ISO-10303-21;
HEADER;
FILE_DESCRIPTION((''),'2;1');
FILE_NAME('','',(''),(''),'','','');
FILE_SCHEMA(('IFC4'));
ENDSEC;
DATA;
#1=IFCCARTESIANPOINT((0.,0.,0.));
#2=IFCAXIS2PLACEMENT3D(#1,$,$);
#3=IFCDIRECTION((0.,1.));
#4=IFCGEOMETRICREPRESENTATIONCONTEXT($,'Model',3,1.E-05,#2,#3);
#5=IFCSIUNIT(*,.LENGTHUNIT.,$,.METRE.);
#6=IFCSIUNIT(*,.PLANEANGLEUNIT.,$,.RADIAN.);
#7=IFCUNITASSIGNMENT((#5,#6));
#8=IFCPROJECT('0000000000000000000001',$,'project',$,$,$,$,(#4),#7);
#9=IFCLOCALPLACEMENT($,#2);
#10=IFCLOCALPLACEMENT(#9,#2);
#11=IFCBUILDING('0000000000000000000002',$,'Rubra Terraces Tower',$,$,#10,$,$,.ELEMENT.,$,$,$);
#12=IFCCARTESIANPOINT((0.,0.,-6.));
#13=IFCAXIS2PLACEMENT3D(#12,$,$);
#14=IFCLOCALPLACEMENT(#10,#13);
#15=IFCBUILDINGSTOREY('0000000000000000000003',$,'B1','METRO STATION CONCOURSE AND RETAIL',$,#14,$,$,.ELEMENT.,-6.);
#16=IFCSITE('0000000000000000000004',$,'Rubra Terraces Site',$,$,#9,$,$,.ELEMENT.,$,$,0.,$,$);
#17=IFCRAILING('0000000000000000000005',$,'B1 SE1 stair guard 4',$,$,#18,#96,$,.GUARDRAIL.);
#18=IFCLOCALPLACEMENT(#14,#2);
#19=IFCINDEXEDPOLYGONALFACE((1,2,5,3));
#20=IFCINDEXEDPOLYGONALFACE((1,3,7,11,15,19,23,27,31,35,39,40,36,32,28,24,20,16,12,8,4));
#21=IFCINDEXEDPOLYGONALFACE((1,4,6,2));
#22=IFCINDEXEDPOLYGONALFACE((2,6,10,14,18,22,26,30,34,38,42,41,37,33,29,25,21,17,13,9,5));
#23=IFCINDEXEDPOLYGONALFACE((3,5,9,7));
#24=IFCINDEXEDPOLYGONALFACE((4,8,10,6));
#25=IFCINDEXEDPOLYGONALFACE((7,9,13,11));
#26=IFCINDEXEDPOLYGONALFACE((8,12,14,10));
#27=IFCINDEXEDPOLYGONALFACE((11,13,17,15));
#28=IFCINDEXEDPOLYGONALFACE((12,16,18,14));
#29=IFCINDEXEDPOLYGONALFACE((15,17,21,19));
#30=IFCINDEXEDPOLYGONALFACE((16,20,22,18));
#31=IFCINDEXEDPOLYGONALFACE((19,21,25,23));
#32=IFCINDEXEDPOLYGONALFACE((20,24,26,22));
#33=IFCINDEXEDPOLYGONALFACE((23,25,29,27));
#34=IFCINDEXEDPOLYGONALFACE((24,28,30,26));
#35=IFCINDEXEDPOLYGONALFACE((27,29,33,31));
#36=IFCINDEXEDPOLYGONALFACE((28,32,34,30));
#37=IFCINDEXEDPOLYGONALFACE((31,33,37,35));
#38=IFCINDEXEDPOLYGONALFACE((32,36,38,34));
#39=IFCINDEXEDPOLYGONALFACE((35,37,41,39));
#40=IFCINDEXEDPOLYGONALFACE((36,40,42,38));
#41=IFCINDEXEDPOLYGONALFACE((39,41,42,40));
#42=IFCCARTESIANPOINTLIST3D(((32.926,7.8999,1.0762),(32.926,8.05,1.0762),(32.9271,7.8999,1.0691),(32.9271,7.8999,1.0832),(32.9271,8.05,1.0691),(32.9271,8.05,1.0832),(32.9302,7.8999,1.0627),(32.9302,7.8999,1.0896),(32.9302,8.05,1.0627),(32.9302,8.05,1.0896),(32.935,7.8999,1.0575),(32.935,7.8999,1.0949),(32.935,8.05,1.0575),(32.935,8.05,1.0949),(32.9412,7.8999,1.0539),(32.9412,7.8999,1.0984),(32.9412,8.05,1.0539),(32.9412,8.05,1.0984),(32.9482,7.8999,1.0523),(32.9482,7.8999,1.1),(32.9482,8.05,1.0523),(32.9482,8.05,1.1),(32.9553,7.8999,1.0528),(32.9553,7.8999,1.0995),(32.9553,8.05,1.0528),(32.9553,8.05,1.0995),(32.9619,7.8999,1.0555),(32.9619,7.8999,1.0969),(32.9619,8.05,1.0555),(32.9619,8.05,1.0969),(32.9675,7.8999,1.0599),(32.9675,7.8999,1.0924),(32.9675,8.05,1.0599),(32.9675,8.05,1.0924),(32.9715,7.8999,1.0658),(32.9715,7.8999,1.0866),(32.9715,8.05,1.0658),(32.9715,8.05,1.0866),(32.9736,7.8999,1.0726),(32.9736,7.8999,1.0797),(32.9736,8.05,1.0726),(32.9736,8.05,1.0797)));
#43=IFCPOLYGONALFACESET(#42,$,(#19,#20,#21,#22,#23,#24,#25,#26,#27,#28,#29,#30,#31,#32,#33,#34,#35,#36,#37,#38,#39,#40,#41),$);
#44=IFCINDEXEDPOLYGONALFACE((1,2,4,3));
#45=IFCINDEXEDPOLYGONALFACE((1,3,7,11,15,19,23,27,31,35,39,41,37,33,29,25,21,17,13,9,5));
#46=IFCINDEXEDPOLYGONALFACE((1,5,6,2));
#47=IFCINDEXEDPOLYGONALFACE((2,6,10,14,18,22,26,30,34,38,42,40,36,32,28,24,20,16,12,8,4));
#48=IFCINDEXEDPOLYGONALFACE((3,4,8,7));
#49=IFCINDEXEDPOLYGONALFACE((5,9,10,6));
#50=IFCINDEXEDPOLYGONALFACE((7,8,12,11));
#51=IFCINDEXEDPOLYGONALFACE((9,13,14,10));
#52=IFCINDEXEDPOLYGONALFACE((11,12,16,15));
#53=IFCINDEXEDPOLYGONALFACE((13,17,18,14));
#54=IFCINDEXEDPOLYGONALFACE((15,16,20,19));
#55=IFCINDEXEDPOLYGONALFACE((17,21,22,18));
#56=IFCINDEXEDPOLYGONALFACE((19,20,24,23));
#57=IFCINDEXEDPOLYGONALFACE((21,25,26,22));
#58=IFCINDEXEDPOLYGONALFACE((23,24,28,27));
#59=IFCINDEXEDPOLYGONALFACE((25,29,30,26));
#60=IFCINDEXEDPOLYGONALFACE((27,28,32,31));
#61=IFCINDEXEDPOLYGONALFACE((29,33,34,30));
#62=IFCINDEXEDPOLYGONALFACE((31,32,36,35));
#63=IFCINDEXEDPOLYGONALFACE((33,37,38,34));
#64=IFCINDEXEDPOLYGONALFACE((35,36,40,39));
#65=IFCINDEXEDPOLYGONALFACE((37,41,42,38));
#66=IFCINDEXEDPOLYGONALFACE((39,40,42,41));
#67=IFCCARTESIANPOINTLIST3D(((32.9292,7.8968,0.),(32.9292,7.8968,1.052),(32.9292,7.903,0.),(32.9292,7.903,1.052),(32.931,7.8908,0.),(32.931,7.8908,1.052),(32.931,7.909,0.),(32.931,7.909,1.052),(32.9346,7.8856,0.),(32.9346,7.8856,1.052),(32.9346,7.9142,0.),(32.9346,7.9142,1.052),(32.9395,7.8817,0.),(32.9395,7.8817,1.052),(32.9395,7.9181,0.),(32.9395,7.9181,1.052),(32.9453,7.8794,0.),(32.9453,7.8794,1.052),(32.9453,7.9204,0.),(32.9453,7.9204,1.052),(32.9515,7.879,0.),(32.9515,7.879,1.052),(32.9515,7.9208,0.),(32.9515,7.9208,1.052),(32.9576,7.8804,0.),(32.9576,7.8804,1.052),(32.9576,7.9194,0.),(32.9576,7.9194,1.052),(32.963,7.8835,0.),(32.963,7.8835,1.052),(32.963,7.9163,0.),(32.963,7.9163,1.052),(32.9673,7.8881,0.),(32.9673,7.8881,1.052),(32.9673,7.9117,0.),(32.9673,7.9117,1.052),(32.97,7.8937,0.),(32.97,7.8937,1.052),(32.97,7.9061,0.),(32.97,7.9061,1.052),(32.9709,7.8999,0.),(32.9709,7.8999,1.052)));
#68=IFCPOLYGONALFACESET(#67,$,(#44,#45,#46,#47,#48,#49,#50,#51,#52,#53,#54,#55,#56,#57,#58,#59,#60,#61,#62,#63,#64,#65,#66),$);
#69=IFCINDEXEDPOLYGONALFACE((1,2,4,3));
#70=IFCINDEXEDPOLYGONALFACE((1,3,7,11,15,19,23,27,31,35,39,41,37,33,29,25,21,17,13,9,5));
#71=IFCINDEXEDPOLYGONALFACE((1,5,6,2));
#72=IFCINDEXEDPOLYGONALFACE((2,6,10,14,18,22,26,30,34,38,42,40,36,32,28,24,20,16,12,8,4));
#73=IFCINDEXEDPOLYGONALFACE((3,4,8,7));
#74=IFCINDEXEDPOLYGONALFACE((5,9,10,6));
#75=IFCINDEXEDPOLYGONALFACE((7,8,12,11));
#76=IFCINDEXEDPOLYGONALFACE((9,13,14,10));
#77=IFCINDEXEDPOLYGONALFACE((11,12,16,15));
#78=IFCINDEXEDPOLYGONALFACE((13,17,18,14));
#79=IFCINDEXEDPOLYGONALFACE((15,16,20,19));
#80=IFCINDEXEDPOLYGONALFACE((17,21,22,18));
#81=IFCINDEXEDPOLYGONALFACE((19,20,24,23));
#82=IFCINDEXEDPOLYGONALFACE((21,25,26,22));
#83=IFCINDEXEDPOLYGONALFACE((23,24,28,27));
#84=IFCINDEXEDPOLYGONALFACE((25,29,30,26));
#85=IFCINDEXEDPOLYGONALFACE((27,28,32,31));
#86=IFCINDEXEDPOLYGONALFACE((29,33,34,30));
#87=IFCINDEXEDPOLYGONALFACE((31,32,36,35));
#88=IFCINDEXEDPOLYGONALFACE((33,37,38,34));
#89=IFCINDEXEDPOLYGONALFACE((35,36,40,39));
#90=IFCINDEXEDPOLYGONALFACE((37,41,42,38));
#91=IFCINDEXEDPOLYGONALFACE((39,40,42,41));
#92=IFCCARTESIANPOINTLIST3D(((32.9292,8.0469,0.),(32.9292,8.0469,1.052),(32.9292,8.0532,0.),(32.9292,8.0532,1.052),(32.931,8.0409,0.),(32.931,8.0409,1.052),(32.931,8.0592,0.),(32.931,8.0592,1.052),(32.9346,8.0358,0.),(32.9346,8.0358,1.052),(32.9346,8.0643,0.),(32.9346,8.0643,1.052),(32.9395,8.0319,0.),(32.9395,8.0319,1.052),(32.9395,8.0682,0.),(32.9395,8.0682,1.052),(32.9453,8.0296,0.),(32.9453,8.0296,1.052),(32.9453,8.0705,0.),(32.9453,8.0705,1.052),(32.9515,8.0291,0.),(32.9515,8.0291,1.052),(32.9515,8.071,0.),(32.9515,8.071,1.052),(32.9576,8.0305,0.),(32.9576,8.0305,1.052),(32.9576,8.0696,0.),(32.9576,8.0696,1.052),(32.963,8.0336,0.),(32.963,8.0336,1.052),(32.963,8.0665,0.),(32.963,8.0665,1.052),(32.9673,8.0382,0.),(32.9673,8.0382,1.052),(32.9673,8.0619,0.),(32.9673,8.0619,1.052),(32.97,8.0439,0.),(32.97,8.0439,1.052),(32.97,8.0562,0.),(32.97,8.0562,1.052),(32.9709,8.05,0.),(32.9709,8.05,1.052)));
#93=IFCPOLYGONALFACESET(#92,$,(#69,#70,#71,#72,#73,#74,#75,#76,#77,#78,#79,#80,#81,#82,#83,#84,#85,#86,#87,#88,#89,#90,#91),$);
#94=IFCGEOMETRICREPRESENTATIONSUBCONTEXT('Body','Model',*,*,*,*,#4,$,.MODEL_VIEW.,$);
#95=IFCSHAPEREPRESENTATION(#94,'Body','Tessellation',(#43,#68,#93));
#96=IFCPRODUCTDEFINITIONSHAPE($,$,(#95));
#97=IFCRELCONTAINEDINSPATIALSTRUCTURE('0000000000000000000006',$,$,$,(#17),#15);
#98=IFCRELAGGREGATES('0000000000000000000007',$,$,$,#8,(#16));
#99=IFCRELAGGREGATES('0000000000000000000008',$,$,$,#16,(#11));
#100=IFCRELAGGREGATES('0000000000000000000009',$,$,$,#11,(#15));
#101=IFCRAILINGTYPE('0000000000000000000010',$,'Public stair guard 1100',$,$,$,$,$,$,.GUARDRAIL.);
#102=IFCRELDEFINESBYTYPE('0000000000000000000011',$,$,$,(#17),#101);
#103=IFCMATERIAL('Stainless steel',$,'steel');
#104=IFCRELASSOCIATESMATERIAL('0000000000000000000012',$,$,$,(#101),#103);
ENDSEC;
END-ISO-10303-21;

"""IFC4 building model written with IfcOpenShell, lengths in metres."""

from ifc_helpers import new_model, si_unit, direction, frame, origin, origin_2d, place, context, subcontext, project, spatial, circle, extrude, material, type_object, element, save


model = new_model("IFC4")

# Units and contexts
model_context = context("Model", 3, precision=1e-05, world=origin(), true_north=direction((0.0, 1.0)))
body_context = subcontext(model_context, "Body", "Model", "MODEL_VIEW")
ifc_project = project(units=[si_unit("LENGTHUNIT", "METRE"), si_unit("PLANEANGLEUNIT", "RADIAN")], contexts=[model_context])

# Site, building, storey
site_placement = place(None, origin())
site = spatial("IfcSite", under=ifc_project, at=site_placement, Name="Rubra Terraces Site", CompositionType="ELEMENT", RefElevation=0.0)
building_placement = place(site_placement, origin())
building = spatial("IfcBuilding", under=site, at=building_placement, Name="Rubra Terraces Tower", CompositionType="ELEMENT")
storey_placement = place(building_placement, frame((0.0, 0.0, -6.0)))
storey = spatial("IfcBuildingStorey", under=building, at=storey_placement, Name="B1", Description="METRO STATION CONCOURSE AND RETAIL", CompositionType="ELEMENT", Elevation=-6.0)

# Railing
ifc_material_1 = material(Name="Stainless steel", Category="steel")
railing_type_1 = type_object("IfcRailingType", Name="Public stair guard 1100", PredefinedType="GUARDRAIL", material=ifc_material_1)
railing_1_placement = place(storey_placement, frame((32.95, 7.8999, 0.0)))
element("IfcRailing", 1, at=railing_1_placement, inside=storey, type_object=railing_type_1, Name="B1 SE1 stair guard 4", PredefinedType="GUARDRAIL", context=body_context, shape_type="SweptSolid", body=[
    extrude(circle(Radius=0.0239, at=origin_2d()), frame((0.0, 0.0, 1.0762), z_axis=(0.0, 1.0, 0.0), x_axis=(-1.0, 0.0, 0.0)), (0.0, 0.0, 1.0), 0.1501),
    extrude(circle(Radius=0.021, at=origin_2d()), origin(), (0.0, 0.0, 1.0), 1.052),
    extrude(circle(Radius=0.021, at=origin_2d()), frame((0.0, 0.1501, 0.0)), (0.0, 0.0, 1.0), 1.052),
])

save(model, "model.ifc")
